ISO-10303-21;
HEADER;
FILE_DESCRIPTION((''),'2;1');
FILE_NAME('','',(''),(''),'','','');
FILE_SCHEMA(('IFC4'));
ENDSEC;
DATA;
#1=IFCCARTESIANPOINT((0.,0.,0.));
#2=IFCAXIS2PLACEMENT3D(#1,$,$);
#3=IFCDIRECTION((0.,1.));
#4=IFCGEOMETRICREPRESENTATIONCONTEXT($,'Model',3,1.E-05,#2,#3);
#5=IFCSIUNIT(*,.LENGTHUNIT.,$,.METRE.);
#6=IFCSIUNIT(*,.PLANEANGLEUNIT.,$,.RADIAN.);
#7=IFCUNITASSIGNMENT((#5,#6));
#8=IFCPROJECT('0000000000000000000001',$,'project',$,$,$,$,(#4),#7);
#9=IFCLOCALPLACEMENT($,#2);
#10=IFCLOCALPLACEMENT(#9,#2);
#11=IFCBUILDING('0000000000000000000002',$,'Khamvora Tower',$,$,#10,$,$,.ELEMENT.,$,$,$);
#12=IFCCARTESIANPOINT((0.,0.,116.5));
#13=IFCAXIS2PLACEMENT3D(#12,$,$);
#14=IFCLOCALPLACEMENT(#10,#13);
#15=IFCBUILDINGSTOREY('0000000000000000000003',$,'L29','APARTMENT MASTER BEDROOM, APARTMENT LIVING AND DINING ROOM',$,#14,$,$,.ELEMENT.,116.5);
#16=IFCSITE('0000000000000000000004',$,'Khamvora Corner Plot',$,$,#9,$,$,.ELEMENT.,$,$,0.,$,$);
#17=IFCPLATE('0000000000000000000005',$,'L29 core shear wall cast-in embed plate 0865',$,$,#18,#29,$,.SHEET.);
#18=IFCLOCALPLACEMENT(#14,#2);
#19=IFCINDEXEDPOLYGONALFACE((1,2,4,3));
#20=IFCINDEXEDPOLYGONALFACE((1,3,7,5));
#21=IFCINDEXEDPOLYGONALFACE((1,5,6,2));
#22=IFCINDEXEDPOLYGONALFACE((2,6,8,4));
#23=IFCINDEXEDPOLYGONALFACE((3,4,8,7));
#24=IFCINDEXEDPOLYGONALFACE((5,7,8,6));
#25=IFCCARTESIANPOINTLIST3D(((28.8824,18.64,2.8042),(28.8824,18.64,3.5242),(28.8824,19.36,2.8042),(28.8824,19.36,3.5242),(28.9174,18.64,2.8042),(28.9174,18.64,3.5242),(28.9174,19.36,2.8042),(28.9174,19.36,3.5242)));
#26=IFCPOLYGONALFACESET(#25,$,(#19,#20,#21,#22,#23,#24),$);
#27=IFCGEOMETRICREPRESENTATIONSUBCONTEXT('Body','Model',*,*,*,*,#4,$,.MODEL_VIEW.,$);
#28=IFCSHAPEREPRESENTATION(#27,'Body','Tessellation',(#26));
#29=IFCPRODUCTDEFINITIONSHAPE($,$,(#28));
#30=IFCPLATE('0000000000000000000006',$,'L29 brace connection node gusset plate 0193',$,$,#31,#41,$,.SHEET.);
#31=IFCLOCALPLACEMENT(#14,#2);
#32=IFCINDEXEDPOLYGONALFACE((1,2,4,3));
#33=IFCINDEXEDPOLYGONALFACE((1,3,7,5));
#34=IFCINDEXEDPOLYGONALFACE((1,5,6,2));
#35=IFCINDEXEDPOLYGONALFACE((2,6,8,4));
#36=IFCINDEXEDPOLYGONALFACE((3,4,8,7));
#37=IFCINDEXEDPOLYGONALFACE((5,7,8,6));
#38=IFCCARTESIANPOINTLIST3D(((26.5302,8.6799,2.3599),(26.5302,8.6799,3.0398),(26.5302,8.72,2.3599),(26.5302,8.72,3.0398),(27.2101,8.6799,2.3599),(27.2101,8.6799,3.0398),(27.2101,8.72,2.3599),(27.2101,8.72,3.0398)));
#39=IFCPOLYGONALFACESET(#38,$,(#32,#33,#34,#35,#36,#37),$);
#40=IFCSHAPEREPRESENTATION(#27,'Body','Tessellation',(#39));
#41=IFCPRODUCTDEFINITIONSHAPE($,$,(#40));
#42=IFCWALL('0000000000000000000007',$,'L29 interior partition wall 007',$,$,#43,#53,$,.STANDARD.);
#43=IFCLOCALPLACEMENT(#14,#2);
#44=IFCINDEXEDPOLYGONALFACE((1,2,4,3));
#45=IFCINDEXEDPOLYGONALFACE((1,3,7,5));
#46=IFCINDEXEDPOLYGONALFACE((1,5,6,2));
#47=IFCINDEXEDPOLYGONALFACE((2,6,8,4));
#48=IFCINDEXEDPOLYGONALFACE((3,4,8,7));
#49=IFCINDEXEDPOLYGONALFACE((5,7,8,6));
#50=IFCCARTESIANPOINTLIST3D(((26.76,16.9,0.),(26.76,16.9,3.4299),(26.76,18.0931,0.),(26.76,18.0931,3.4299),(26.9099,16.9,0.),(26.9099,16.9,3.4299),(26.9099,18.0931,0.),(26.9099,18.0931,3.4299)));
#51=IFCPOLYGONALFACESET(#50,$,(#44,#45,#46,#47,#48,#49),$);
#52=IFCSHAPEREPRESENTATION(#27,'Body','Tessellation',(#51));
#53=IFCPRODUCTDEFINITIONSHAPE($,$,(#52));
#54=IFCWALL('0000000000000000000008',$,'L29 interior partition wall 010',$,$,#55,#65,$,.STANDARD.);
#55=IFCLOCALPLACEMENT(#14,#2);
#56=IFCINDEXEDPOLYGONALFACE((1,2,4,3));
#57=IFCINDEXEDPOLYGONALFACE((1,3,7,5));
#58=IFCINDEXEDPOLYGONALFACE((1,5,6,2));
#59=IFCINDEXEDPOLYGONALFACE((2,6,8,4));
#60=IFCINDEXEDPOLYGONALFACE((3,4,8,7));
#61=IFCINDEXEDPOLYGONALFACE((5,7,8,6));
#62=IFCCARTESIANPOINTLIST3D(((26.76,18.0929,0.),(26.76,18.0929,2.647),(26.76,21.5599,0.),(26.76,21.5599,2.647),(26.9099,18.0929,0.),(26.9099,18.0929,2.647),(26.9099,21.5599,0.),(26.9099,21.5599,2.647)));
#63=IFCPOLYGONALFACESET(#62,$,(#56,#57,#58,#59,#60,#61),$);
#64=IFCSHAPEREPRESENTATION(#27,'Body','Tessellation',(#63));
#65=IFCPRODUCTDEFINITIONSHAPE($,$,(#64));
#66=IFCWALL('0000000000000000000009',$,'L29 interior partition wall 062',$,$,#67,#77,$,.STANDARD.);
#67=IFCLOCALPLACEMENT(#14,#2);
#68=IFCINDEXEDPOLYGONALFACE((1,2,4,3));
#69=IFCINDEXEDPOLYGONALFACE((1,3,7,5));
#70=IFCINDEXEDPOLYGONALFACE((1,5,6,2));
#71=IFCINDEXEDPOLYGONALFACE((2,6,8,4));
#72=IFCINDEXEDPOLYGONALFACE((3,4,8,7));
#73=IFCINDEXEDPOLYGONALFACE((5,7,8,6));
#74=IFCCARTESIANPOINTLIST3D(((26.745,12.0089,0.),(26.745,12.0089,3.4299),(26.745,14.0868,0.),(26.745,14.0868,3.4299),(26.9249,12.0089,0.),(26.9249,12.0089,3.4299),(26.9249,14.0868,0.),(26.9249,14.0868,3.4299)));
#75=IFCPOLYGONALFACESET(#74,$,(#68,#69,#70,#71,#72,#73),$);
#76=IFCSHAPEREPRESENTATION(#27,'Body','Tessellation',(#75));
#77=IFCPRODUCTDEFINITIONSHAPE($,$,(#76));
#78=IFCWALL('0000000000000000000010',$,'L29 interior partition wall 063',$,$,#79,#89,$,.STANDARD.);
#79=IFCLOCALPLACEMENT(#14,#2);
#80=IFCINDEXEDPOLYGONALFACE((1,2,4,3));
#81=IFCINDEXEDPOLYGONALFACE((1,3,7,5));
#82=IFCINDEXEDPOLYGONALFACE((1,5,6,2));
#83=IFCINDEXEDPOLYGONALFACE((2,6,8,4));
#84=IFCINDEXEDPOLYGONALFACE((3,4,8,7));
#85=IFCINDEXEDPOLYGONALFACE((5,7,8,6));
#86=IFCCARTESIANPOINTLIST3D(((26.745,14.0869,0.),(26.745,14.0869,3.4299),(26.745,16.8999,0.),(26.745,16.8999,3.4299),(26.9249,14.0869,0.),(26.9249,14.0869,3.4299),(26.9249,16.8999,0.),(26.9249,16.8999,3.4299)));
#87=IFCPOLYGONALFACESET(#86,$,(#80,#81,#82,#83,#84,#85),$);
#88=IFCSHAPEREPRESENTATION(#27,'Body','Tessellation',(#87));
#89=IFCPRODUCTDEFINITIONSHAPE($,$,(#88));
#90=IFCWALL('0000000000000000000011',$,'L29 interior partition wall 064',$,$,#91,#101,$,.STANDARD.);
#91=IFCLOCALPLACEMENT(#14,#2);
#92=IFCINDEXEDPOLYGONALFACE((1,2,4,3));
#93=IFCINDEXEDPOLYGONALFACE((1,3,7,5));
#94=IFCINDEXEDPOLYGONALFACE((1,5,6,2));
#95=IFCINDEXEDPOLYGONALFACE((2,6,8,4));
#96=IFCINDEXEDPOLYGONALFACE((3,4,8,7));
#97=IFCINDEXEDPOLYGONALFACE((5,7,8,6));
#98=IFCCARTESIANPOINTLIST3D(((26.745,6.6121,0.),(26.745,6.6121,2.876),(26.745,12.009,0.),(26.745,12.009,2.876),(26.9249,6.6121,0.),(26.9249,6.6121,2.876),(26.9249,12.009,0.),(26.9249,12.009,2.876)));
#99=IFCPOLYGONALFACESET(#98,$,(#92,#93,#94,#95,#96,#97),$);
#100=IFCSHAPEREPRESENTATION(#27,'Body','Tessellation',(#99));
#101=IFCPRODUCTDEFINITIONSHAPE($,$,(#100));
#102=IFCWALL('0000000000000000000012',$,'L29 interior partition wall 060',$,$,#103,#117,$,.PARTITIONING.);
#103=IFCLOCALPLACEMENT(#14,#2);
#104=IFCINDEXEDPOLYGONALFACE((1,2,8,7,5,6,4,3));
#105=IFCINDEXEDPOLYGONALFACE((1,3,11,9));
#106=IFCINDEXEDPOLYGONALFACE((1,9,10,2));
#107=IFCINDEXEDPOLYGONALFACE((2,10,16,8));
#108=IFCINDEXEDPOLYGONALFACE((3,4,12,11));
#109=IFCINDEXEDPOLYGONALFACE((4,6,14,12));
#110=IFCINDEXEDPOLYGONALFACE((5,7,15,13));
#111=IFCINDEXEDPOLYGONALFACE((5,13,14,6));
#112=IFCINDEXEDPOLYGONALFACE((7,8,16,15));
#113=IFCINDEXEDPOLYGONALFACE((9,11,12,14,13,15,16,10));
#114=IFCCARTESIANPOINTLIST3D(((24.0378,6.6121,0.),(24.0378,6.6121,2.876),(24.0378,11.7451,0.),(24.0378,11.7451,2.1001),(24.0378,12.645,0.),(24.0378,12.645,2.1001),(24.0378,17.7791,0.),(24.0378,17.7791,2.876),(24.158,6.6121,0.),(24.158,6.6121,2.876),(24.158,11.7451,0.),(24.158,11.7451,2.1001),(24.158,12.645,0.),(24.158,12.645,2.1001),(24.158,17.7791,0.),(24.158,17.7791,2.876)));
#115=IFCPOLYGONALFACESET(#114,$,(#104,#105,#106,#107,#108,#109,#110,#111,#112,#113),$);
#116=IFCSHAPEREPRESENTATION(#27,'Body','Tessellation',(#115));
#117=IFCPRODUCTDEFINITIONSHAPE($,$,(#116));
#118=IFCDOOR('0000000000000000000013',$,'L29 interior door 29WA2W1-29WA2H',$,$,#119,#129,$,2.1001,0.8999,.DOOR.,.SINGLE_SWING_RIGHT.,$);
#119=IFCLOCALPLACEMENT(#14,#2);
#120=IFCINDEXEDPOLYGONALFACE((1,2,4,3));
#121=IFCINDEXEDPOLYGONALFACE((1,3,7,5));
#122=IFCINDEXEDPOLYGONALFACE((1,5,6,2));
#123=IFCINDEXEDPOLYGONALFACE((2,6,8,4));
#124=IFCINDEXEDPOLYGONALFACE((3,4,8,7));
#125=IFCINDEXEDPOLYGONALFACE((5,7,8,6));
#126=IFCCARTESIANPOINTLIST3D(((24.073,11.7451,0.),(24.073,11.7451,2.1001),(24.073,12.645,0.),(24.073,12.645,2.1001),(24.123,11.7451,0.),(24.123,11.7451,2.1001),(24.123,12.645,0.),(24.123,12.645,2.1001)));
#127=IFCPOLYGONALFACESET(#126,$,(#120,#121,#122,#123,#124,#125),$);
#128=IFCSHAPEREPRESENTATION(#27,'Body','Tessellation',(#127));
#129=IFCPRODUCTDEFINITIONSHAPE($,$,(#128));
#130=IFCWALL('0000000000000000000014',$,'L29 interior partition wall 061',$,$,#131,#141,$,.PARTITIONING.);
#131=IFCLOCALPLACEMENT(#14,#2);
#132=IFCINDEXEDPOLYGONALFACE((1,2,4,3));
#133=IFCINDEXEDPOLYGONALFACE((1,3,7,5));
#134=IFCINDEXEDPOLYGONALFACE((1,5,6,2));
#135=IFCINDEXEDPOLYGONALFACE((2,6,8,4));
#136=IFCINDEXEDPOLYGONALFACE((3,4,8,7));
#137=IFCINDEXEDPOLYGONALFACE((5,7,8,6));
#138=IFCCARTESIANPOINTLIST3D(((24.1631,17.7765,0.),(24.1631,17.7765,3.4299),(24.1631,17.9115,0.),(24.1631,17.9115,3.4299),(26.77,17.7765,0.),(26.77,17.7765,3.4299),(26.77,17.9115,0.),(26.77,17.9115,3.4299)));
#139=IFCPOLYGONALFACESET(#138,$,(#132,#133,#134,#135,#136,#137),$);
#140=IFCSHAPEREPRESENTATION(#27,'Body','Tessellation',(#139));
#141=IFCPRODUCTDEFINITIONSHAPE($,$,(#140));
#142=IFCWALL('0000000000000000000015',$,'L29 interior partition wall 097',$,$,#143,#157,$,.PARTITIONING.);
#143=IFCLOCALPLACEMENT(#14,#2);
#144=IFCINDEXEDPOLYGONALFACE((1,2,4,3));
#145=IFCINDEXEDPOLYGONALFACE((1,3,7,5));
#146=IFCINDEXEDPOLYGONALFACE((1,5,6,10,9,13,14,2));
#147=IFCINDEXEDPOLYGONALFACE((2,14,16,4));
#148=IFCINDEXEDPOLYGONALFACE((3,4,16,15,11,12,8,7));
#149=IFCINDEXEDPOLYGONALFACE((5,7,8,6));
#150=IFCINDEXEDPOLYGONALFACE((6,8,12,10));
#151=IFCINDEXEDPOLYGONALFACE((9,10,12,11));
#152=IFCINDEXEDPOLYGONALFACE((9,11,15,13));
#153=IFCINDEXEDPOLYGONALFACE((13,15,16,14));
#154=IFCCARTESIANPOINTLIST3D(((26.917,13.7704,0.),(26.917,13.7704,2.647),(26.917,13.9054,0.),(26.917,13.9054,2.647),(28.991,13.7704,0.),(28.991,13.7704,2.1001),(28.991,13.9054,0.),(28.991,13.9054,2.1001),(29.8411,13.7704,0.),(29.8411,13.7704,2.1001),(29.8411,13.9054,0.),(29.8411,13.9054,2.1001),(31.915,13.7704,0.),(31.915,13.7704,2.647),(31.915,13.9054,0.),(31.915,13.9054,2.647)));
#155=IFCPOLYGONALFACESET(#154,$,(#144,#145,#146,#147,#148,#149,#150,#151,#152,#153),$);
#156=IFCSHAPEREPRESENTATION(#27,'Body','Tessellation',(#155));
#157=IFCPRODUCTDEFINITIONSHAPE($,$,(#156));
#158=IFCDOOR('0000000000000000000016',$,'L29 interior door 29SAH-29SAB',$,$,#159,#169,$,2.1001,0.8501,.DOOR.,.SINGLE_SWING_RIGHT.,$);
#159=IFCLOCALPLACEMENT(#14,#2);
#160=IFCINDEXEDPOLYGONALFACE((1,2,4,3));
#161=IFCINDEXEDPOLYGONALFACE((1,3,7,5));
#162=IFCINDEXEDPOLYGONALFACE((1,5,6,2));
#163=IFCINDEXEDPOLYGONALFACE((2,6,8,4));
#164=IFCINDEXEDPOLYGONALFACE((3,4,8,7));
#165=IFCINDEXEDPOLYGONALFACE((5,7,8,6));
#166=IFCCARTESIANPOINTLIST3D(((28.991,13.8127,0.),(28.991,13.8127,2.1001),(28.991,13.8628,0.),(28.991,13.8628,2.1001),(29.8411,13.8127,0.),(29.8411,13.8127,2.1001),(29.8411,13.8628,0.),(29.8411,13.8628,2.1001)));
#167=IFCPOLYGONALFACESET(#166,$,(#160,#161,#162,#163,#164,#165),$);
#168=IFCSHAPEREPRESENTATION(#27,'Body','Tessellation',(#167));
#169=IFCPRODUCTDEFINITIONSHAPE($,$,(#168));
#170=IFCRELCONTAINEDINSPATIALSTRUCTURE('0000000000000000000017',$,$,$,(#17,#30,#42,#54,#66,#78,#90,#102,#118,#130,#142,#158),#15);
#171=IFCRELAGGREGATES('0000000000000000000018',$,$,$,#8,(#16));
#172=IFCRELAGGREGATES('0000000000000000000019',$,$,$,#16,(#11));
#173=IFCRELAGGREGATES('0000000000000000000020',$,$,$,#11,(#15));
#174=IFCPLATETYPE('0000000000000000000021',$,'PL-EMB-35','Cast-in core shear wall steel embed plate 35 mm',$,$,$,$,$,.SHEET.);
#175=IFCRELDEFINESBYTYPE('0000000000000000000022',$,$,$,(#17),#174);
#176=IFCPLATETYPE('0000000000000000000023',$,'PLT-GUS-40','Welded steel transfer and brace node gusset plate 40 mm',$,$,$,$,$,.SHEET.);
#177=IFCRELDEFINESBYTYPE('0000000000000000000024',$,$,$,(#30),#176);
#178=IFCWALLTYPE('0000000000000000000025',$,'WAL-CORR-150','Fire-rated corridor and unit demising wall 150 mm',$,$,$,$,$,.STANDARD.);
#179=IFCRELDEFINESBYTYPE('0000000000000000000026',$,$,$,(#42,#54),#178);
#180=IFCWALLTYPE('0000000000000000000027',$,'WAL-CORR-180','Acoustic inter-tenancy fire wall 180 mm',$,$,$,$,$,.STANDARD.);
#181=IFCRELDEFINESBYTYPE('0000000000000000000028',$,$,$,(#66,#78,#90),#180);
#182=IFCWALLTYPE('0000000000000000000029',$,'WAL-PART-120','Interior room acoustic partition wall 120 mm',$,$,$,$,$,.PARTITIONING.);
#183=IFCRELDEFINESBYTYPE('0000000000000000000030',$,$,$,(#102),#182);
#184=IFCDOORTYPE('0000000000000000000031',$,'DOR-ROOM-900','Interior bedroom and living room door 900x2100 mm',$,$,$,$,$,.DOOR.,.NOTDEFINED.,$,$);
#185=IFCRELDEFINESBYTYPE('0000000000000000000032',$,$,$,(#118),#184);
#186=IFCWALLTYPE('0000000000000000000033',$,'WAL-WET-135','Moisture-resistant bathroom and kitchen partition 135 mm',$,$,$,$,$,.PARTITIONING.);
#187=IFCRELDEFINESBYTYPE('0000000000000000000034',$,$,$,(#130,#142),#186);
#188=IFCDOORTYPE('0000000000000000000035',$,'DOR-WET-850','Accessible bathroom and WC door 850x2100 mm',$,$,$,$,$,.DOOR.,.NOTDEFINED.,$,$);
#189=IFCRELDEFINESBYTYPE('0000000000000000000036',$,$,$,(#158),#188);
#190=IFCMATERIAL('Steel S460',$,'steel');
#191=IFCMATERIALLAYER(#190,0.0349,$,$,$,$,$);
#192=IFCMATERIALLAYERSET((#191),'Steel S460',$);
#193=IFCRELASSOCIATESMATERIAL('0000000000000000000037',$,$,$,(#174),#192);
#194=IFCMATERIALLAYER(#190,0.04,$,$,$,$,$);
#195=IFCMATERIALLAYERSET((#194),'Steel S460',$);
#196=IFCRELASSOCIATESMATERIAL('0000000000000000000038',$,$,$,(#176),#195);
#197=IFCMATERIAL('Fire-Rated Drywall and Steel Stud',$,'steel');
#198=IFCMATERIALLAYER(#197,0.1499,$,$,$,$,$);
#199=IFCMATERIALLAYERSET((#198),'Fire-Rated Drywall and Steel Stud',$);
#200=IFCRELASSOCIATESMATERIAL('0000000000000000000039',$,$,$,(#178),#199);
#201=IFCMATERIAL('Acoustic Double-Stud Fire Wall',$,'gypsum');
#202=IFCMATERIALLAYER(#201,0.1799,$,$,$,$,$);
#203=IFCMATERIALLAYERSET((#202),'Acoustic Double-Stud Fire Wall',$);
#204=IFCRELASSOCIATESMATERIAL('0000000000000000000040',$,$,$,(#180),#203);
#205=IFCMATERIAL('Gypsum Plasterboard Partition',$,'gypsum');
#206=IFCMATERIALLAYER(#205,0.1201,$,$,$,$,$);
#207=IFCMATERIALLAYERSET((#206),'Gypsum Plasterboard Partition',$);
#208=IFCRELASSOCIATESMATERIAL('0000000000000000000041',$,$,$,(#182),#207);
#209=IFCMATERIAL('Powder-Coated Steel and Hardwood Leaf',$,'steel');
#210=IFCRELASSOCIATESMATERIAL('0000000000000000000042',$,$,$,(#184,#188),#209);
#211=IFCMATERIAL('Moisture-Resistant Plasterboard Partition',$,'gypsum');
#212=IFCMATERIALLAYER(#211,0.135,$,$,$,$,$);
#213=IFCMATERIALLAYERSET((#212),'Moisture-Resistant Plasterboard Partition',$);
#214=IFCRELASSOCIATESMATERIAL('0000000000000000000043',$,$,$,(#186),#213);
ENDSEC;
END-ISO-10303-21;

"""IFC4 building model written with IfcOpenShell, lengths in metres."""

from ifc_helpers import new_model, si_unit, direction, frame, frame_2d, origin, origin_2d, place, context, subcontext, project, spatial, rectangle, extrude, material, layer, layer_set, type_object, element, fill, save


model = new_model("IFC4")

# Units and contexts
model_context = context("Model", 3, precision=1e-05, world=origin(), true_north=direction((0.0, 1.0)))
body_context = subcontext(model_context, "Body", "Model", "MODEL_VIEW")
ifc_project = project(units=[si_unit("LENGTHUNIT", "METRE"), si_unit("PLANEANGLEUNIT", "RADIAN")], contexts=[model_context])

# Site, building, storey
site_placement = place(None, origin())
site = spatial("IfcSite", under=ifc_project, at=site_placement, Name="Khamvora Corner Plot", CompositionType="ELEMENT", RefElevation=0.0)
building_placement = place(site_placement, origin())
building = spatial("IfcBuilding", under=site, at=building_placement, Name="Khamvora Tower", CompositionType="ELEMENT")
storey_placement = place(building_placement, frame((0.0, 0.0, 116.5)))
storey = spatial("IfcBuildingStorey", under=building, at=storey_placement, Name="L29", Description="APARTMENT MASTER BEDROOM, APARTMENT LIVING AND DINING ROOM", CompositionType="ELEMENT", Elevation=116.5)

# Shared definitions
ifc_material_1 = material(Name="Steel S460", Category="steel")

# Plates
ifc_layer_1 = layer(ifc_material_1, 0.0349)
ifc_layer_set_1 = layer_set([ifc_layer_1], Name="Steel S460")
plate_type_1 = type_object("IfcPlateType", Name="PL-EMB-35", Description="Cast-in core shear wall steel embed plate 35 mm", PredefinedType="SHEET", material=ifc_layer_set_1)
for number, where, z_axis, x_axis, name in (
    (1, (28.8999, 19.0, 2.8042), (0.0, 0.0, 1.0), (1.0, 0.0, 0.0), "L29 core shear wall cast-in embed plate 0865"),
):
    element("IfcPlate", number, at=place(storey_placement, frame(where, z_axis=z_axis, x_axis=x_axis)), inside=storey, type_object=plate_type_1, Name=name, PredefinedType="SHEET", context=body_context, shape_type="SweptSolid", body=[
        extrude(rectangle(XDim=0.0349, YDim=0.72, at=origin_2d()), origin(), (0.0, 0.0, 1.0), 0.72),
    ])
ifc_layer_2 = layer(ifc_material_1, 0.04)
ifc_layer_set_2 = layer_set([ifc_layer_2], Name="Steel S460")
plate_type_2 = type_object("IfcPlateType", Name="PLT-GUS-40", Description="Welded steel transfer and brace node gusset plate 40 mm", PredefinedType="SHEET", material=ifc_layer_set_2)
plate_1_placement = place(storey_placement, frame((26.8701, 8.7, 2.3599), z_axis=(0.0, 0.0, 1.0), x_axis=(1.0, 0.0, 0.0)))
element("IfcPlate", 2, at=plate_1_placement, inside=storey, type_object=plate_type_2, Name="L29 brace connection node gusset plate 0193", PredefinedType="SHEET", context=body_context, shape_type="SweptSolid", body=[
    extrude(rectangle(XDim=0.6799, YDim=0.04, at=origin_2d()), origin(), (0.0, 0.0, 1.0), 0.6799),
])

# Walls
ifc_material_2 = material(Name="Fire-Rated Drywall and Steel Stud", Category="steel")
ifc_layer_3 = layer(ifc_material_2, 0.1499)
ifc_layer_set_3 = layer_set([ifc_layer_3], Name="Fire-Rated Drywall and Steel Stud")
wall_type_1 = type_object("IfcWallType", Name="WAL-CORR-150", Description="Fire-rated corridor and unit demising wall 150 mm", PredefinedType="STANDARD", material=ifc_layer_set_3)
wall_1_placement = place(storey_placement, frame((26.835, 16.8999, 0.0), z_axis=(0.0, 0.0, 1.0), x_axis=(0.0, 1.0, 0.0)))
element("IfcWall", 3, at=wall_1_placement, inside=storey, type_object=wall_type_1, Name="L29 interior partition wall 007", PredefinedType="STANDARD", context=body_context, shape_type="SweptSolid", body=[
    extrude(rectangle(XDim=1.1931, YDim=0.1499, at=frame_2d((0.5967, 0.0))), origin(), (0.0, 0.0, 1.0), 3.4299),
])
wall_2_placement = place(storey_placement, frame((26.835, 18.093, 0.0), z_axis=(0.0, 0.0, 1.0), x_axis=(0.0, 1.0, 0.0)))
element("IfcWall", 4, at=wall_2_placement, inside=storey, type_object=wall_type_1, Name="L29 interior partition wall 010", PredefinedType="STANDARD", context=body_context, shape_type="SweptSolid", body=[
    extrude(rectangle(XDim=3.467, YDim=0.1499, at=frame_2d((1.7334, 0.0))), origin(), (0.0, 0.0, 1.0), 2.647),
])
ifc_material_3 = material(Name="Acoustic Double-Stud Fire Wall", Category="gypsum")
ifc_layer_4 = layer(ifc_material_3, 0.1799)
ifc_layer_set_4 = layer_set([ifc_layer_4], Name="Acoustic Double-Stud Fire Wall")
wall_type_2 = type_object("IfcWallType", Name="WAL-CORR-180", Description="Acoustic inter-tenancy fire wall 180 mm", PredefinedType="STANDARD", material=ifc_layer_set_4)
wall_3_placement = place(storey_placement, frame((26.835, 14.0869, 0.0), z_axis=(0.0, 0.0, 1.0), x_axis=(0.0, -1.0, 0.0)))
element("IfcWall", 5, at=wall_3_placement, inside=storey, type_object=wall_type_2, Name="L29 interior partition wall 062", PredefinedType="STANDARD", context=body_context, shape_type="SweptSolid", body=[
    extrude(rectangle(XDim=2.0779, YDim=0.1799, at=frame_2d((1.0391, 0.0))), origin(), (0.0, 0.0, 1.0), 3.4299),
])
wall_4_placement = place(storey_placement, frame((26.835, 16.8999, 0.0), z_axis=(0.0, 0.0, 1.0), x_axis=(0.0, -1.0, 0.0)))
element("IfcWall", 6, at=wall_4_placement, inside=storey, type_object=wall_type_2, Name="L29 interior partition wall 063", PredefinedType="STANDARD", context=body_context, shape_type="SweptSolid", body=[
    extrude(rectangle(XDim=2.813, YDim=0.1799, at=frame_2d((1.4065, 0.0))), origin(), (0.0, 0.0, 1.0), 3.4299),
])
wall_5_placement = place(storey_placement, frame((26.835, 12.009, 0.0), z_axis=(0.0, 0.0, 1.0), x_axis=(0.0, -1.0, 0.0)))
element("IfcWall", 7, at=wall_5_placement, inside=storey, type_object=wall_type_2, Name="L29 interior partition wall 064", PredefinedType="STANDARD", context=body_context, shape_type="SweptSolid", body=[
    extrude(rectangle(XDim=5.397, YDim=0.1799, at=frame_2d((2.6985, 0.0))), origin(), (0.0, 0.0, 1.0), 2.876),
])

# Wall, opening, door
ifc_material_4 = material(Name="Gypsum Plasterboard Partition", Category="gypsum")
ifc_layer_5 = layer(ifc_material_4, 0.1201)
ifc_layer_set_5 = layer_set([ifc_layer_5], Name="Gypsum Plasterboard Partition")
wall_type_3 = type_object("IfcWallType", Name="WAL-PART-120", Description="Interior room acoustic partition wall 120 mm", PredefinedType="PARTITIONING", material=ifc_layer_set_5)
wall_6_placement = place(storey_placement, frame((24.0979, 6.6121, 0.0), z_axis=(0.0, 0.0, 1.0), x_axis=(0.0, 1.0, 0.0)))
wall_6 = element("IfcWall", 8, at=wall_6_placement, inside=storey, type_object=wall_type_3, Name="L29 interior partition wall 060", PredefinedType="PARTITIONING", context=body_context, shape_type="SweptSolid", body=[
    extrude(rectangle(XDim=11.167, YDim=0.1201, at=frame_2d((5.5835, 0.0))), origin(), (0.0, 0.0, 1.0), 2.876),
])
opening_1_placement = place(wall_6_placement, frame((5.1331, 0.0, 0.0)))
opening_1 = element("IfcOpeningElement", 9, at=opening_1_placement, cuts=wall_6, PredefinedType="OPENING", context=body_context, shape_type="SweptSolid", body=[
    extrude(rectangle(XDim=0.8999, YDim=2.1001, at=frame_2d((0.45, 1.05))), frame((0.0, 0.0701, 0.0), z_axis=(0.0, -1.0, 0.0), x_axis=(1.0, 0.0, 0.0)), (0.0, 0.0, 1.0), 0.1401),
])
ifc_material_5 = material(Name="Powder-Coated Steel and Hardwood Leaf", Category="steel")
door_type_1 = type_object("IfcDoorType", Name="DOR-ROOM-900", Description="Interior bedroom and living room door 900x2100 mm", OperationType="NOTDEFINED", PredefinedType="DOOR", material=ifc_material_5)
door_1_placement = place(opening_1_placement, origin())
door_1 = element("IfcDoor", 10, at=door_1_placement, inside=storey, type_object=door_type_1, Name="L29 interior door 29WA2W1-29WA2H", OperationType="SINGLE_SWING_RIGHT", OverallHeight=2.1001, OverallWidth=0.8999, PredefinedType="DOOR", context=body_context, shape_type="SweptSolid", body=[
    extrude(rectangle(XDim=0.8999, YDim=2.1001, at=frame_2d((0.45, 1.05))), frame((0.0, 0.0249, 0.0), z_axis=(0.0, -1.0, 0.0), x_axis=(1.0, 0.0, 0.0)), (0.0, 0.0, 1.0), 0.05),
])
fill(opening_1, door_1)

# Wall
ifc_material_6 = material(Name="Moisture-Resistant Plasterboard Partition", Category="gypsum")
ifc_layer_6 = layer(ifc_material_6, 0.135)
ifc_layer_set_6 = layer_set([ifc_layer_6], Name="Moisture-Resistant Plasterboard Partition")
wall_type_4 = type_object("IfcWallType", Name="WAL-WET-135", Description="Moisture-resistant bathroom and kitchen partition 135 mm", PredefinedType="PARTITIONING", material=ifc_layer_set_6)
wall_7_placement = place(storey_placement, frame((24.1631, 17.844, 0.0), z_axis=(0.0, 0.0, 1.0), x_axis=(1.0, 0.0, 0.0)))
element("IfcWall", 11, at=wall_7_placement, inside=storey, type_object=wall_type_4, Name="L29 interior partition wall 061", PredefinedType="PARTITIONING", context=body_context, shape_type="SweptSolid", body=[
    extrude(rectangle(XDim=2.6069, YDim=0.135, at=frame_2d((1.3035, 0.0))), origin(), (0.0, 0.0, 1.0), 3.4299),
])

# Wall, opening, door
wall_8_placement = place(storey_placement, frame((26.917, 13.8379, 0.0), z_axis=(0.0, 0.0, 1.0), x_axis=(1.0, 0.0, 0.0)))
wall_8 = element("IfcWall", 12, at=wall_8_placement, inside=storey, type_object=wall_type_4, Name="L29 interior partition wall 097", PredefinedType="PARTITIONING", context=body_context, shape_type="SweptSolid", body=[
    extrude(rectangle(XDim=4.998, YDim=0.135, at=frame_2d((2.499, 0.0))), origin(), (0.0, 0.0, 1.0), 2.647),
])
opening_2_placement = place(wall_8_placement, frame((2.074, 0.0, 0.0)))
opening_2 = element("IfcOpeningElement", 13, at=opening_2_placement, cuts=wall_8, PredefinedType="OPENING", context=body_context, shape_type="SweptSolid", body=[
    extrude(rectangle(XDim=0.8501, YDim=2.1001, at=frame_2d((0.425, 1.05))), frame((0.0, 0.0774, 0.0), z_axis=(0.0, -1.0, 0.0), x_axis=(1.0, 0.0, 0.0)), (0.0, 0.0, 1.0), 0.155),
])
door_type_2 = type_object("IfcDoorType", Name="DOR-WET-850", Description="Accessible bathroom and WC door 850x2100 mm", OperationType="NOTDEFINED", PredefinedType="DOOR", material=ifc_material_5)
door_2_placement = place(opening_2_placement, origin())
door_2 = element("IfcDoor", 14, at=door_2_placement, inside=storey, type_object=door_type_2, Name="L29 interior door 29SAH-29SAB", OperationType="SINGLE_SWING_RIGHT", OverallHeight=2.1001, OverallWidth=0.8501, PredefinedType="DOOR", context=body_context, shape_type="SweptSolid", body=[
    extrude(rectangle(XDim=0.8501, YDim=2.1001, at=frame_2d((0.425, 1.05))), frame((0.0, 0.0249, 0.0), z_axis=(0.0, -1.0, 0.0), x_axis=(1.0, 0.0, 0.0)), (0.0, 0.0, 1.0), 0.05),
])
fill(opening_2, door_2)

save(model, "model.ifc")
